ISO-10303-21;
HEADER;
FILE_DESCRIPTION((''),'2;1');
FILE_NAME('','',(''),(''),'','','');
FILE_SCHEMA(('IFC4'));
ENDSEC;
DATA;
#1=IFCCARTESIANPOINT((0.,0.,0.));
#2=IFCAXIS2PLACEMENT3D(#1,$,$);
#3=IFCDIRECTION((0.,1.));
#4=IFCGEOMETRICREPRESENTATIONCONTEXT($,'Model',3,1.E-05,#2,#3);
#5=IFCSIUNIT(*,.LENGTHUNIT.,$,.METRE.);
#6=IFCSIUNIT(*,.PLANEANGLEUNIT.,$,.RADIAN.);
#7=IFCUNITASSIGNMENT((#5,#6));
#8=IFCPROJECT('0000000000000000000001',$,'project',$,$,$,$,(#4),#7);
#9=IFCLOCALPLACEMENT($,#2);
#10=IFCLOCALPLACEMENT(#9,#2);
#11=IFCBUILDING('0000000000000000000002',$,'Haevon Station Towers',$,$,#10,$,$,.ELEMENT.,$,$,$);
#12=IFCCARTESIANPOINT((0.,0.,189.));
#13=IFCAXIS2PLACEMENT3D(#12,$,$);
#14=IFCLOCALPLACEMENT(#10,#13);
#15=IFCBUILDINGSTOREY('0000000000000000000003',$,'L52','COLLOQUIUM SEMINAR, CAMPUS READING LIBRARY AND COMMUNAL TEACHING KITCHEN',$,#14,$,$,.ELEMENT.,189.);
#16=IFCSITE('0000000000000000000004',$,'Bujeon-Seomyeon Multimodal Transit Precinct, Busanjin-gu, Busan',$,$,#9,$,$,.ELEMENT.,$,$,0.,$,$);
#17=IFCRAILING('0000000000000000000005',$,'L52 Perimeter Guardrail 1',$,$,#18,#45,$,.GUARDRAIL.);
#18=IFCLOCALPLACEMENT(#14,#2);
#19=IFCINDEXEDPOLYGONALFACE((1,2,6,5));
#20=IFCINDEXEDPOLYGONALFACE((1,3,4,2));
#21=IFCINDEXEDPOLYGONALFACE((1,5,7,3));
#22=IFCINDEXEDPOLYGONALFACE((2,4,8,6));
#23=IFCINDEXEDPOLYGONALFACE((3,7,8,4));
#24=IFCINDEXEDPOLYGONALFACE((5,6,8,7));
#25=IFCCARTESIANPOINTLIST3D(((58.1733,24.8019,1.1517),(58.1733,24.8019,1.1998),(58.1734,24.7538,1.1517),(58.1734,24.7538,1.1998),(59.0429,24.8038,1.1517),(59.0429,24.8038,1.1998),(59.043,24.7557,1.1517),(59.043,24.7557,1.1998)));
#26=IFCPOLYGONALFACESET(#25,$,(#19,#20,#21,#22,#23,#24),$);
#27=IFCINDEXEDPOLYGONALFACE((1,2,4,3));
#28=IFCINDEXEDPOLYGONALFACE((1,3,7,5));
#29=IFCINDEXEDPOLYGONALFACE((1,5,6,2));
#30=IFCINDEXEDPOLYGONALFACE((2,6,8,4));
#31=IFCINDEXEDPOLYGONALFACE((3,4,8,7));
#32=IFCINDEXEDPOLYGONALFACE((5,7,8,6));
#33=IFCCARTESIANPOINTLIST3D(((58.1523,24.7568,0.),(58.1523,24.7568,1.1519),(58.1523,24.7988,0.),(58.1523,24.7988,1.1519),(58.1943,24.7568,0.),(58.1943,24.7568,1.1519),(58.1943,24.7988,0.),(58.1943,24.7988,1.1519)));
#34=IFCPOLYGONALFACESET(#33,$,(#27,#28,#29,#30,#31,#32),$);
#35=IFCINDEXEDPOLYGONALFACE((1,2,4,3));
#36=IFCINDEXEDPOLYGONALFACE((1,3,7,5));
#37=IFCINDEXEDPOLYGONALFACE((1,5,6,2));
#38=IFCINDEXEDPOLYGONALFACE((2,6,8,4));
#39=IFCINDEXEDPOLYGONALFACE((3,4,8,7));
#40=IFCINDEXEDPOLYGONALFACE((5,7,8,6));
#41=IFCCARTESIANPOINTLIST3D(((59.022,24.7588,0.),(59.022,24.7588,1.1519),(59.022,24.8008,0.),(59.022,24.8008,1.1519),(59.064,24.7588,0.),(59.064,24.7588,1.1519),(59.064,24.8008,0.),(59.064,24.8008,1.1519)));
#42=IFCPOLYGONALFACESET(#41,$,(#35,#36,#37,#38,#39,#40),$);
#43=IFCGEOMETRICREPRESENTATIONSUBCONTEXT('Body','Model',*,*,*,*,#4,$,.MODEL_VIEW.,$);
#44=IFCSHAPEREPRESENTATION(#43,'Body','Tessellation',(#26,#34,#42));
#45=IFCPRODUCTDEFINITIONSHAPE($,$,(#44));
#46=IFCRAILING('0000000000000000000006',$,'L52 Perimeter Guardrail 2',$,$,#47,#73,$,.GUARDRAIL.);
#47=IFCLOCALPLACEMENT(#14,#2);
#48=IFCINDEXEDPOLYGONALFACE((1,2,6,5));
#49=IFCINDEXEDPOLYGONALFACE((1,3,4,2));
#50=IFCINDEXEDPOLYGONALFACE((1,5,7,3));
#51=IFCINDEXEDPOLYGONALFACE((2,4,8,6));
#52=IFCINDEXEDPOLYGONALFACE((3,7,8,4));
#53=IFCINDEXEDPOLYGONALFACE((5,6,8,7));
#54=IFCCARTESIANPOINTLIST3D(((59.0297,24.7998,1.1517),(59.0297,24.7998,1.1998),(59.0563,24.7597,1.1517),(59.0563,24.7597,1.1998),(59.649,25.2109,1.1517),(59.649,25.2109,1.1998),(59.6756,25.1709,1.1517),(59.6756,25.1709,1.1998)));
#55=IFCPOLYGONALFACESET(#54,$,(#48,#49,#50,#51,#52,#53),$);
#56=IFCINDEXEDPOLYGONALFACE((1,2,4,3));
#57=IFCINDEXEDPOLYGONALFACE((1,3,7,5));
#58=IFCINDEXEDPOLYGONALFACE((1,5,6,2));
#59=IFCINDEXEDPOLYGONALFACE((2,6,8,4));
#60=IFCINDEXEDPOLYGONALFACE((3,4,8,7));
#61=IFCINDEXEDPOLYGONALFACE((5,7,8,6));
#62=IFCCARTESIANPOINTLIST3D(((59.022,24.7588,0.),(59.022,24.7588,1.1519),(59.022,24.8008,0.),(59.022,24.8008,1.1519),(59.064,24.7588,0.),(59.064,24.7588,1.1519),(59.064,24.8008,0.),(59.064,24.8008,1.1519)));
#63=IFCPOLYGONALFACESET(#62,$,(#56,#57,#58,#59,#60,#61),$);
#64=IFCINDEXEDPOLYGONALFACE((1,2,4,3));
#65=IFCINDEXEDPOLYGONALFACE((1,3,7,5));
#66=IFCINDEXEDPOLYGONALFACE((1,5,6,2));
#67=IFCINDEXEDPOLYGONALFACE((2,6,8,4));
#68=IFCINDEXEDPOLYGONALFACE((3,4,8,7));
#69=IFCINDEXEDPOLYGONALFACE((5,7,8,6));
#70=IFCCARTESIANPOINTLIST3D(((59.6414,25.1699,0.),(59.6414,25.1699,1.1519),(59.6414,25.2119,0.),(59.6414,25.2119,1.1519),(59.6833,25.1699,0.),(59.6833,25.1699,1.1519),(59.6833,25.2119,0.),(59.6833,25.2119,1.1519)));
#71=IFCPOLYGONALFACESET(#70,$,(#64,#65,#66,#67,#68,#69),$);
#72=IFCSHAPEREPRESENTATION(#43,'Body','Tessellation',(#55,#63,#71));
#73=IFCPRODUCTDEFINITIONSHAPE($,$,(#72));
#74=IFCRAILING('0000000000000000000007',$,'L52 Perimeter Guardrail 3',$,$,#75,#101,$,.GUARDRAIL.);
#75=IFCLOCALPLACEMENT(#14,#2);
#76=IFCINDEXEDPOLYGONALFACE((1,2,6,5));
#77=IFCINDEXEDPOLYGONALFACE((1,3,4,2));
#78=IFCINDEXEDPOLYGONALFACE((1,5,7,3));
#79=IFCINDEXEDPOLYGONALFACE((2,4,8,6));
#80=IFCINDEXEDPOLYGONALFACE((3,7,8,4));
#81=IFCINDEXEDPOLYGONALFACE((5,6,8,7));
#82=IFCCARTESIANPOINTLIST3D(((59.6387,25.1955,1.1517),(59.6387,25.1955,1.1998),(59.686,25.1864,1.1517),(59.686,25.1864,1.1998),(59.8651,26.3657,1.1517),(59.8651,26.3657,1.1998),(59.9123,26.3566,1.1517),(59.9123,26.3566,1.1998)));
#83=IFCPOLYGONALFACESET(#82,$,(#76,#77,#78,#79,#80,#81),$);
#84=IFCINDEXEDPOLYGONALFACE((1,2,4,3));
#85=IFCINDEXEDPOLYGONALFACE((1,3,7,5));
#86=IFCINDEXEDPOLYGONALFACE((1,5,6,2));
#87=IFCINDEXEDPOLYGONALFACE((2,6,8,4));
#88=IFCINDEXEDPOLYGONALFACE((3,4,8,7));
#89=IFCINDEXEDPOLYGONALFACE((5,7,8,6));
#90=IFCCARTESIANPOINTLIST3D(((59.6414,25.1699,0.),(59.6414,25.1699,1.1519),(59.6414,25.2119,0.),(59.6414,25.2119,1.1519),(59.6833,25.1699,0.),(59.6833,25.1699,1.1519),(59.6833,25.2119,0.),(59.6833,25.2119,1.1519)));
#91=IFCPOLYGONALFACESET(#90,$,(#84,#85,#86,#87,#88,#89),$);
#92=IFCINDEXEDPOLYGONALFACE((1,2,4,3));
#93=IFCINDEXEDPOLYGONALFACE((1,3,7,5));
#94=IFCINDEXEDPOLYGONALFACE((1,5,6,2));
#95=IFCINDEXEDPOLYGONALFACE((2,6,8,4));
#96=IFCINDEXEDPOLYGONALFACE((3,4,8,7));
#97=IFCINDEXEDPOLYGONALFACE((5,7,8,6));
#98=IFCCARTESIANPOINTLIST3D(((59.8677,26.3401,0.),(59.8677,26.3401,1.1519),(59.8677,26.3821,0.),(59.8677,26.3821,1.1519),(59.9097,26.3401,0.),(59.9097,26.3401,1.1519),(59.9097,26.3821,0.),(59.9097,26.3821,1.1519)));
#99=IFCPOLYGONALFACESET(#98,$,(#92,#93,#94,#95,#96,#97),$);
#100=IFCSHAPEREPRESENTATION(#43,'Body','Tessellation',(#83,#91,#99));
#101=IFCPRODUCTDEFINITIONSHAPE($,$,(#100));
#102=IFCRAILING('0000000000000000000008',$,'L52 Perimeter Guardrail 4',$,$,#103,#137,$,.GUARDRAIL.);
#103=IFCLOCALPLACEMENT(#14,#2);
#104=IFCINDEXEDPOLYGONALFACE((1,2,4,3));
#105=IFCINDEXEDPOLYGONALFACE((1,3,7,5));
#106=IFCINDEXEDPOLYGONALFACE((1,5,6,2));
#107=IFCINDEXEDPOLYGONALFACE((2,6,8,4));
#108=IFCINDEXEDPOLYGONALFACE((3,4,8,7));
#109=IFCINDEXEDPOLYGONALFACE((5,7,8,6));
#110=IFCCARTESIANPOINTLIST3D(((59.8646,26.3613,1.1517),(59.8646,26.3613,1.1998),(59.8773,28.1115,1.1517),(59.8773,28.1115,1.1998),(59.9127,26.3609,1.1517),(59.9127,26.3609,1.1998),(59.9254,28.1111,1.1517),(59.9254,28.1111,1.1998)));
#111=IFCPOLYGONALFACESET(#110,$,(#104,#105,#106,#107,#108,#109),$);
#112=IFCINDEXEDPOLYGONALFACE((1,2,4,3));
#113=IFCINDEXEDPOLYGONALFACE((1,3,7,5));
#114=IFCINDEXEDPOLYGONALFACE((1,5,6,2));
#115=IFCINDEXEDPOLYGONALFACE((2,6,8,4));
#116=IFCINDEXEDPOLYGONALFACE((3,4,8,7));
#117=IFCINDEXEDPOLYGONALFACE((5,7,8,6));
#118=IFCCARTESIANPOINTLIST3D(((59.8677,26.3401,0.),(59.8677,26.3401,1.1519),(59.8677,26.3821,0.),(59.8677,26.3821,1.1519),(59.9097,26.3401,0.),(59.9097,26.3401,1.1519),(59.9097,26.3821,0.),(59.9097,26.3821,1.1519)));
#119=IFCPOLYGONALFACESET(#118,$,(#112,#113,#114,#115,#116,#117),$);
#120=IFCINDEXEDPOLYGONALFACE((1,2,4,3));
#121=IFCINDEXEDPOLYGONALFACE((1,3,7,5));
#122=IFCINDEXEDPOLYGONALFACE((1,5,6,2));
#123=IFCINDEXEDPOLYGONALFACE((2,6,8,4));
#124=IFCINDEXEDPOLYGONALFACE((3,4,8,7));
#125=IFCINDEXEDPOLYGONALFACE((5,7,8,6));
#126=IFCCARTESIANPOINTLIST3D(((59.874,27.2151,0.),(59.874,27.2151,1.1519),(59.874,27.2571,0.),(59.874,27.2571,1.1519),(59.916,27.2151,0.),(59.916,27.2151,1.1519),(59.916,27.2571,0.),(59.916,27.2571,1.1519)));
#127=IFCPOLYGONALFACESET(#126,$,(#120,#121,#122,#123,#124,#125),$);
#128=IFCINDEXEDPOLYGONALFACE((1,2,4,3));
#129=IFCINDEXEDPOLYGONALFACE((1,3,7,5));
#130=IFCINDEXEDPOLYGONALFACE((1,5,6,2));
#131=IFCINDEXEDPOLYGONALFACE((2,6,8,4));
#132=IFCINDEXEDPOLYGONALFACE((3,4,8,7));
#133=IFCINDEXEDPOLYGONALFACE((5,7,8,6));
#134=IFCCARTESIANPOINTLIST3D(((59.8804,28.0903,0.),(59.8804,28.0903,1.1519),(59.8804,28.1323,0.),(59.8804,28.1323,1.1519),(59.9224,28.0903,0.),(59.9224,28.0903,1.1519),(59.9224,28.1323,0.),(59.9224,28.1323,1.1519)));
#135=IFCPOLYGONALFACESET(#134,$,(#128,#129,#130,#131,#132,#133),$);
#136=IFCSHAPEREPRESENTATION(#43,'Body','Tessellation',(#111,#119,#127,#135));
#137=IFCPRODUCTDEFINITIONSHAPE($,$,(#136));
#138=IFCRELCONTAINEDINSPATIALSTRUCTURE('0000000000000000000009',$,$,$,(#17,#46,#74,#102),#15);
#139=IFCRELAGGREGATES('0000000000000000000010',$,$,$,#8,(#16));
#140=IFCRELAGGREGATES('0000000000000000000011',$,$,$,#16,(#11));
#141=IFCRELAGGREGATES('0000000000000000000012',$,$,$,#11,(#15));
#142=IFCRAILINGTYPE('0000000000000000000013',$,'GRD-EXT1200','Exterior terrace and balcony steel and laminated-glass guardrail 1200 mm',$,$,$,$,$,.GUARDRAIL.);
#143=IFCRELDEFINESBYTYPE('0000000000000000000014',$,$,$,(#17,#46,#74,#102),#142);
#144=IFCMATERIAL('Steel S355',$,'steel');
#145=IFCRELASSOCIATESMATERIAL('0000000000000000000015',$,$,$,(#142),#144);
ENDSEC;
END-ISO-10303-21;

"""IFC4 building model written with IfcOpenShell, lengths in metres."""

from ifc_helpers import new_model, si_unit, direction, frame, origin, origin_2d, place, context, subcontext, project, spatial, rectangle, extrude, material, type_object, element, save


model = new_model("IFC4")

# Units and contexts
model_context = context("Model", 3, precision=1e-05, world=origin(), true_north=direction((0.0, 1.0)))
body_context = subcontext(model_context, "Body", "Model", "MODEL_VIEW")
ifc_project = project(units=[si_unit("LENGTHUNIT", "METRE"), si_unit("PLANEANGLEUNIT", "RADIAN")], contexts=[model_context])

# Site, building, storey
site_placement = place(None, origin())
site = spatial("IfcSite", under=ifc_project, at=site_placement, Name="Bujeon-Seomyeon Multimodal Transit Precinct, Busanjin-gu, Busan", CompositionType="ELEMENT", RefElevation=0.0)
building_placement = place(site_placement, origin())
building = spatial("IfcBuilding", under=site, at=building_placement, Name="Haevon Station Towers", CompositionType="ELEMENT")
storey_placement = place(building_placement, frame((0.0, 0.0, 189.0)))
storey = spatial("IfcBuildingStorey", under=building, at=storey_placement, Name="L52", Description="COLLOQUIUM SEMINAR, CAMPUS READING LIBRARY AND COMMUNAL TEACHING KITCHEN", CompositionType="ELEMENT", Elevation=189.0)

# Shared definitions
ifc_material_1 = material(Name="Steel S355", Category="steel")

# Railings
railing_type = type_object("IfcRailingType", Name="GRD-EXT1200", Description="Exterior terrace and balcony steel and laminated-glass guardrail 1200 mm", PredefinedType="GUARDRAIL", material=ifc_material_1)
railing_1_placement = place(storey_placement, frame((58.1733, 24.7778, 0.0)))
element("IfcRailing", 1, at=railing_1_placement, inside=storey, type_object=railing_type, Name="L52 Perimeter Guardrail 1", PredefinedType="GUARDRAIL", context=body_context, shape_type="SweptSolid", body=[
    extrude(rectangle(XDim=0.0481, YDim=0.0481, at=origin_2d()), frame((0.0, 0.0, 1.1758), z_axis=(0.999997, 0.002246, 0.0), x_axis=(-0.002246, 0.999997, 0.0)), (0.0, 0.0, 1.0), 0.8696),
    extrude(rectangle(XDim=0.042, YDim=0.042, at=origin_2d()), origin(), (0.0, 0.0, 1.0), 1.1519),
    extrude(rectangle(XDim=0.042, YDim=0.042, at=origin_2d()), frame((0.8696, 0.002, 0.0)), (0.0, 0.0, 1.0), 1.1519),
])
railing_2_placement = place(storey_placement, frame((59.043, 24.7798, 0.0)))
element("IfcRailing", 2, at=railing_2_placement, inside=storey, type_object=railing_type, Name="L52 Perimeter Guardrail 2", PredefinedType="GUARDRAIL", context=body_context, shape_type="SweptSolid", body=[
    extrude(rectangle(XDim=0.0481, YDim=0.0481, at=origin_2d()), frame((0.0, 0.0, 1.1758), z_axis=(0.83316, 0.553032, 0.0), x_axis=(-0.553032, 0.83316, 0.0)), (0.0, 0.0, 1.0), 0.7434),
    extrude(rectangle(XDim=0.042, YDim=0.042, at=origin_2d()), origin(), (0.0, 0.0, 1.0), 1.1519),
    extrude(rectangle(XDim=0.042, YDim=0.042, at=origin_2d()), frame((0.6194, 0.4111, 0.0)), (0.0, 0.0, 1.0), 1.1519),
])
railing_3_placement = place(storey_placement, frame((59.6624, 25.1909, 0.0)))
element("IfcRailing", 3, at=railing_3_placement, inside=storey, type_object=railing_type, Name="L52 Perimeter Guardrail 3", PredefinedType="GUARDRAIL", context=body_context, shape_type="SweptSolid", body=[
    extrude(rectangle(XDim=0.0481, YDim=0.0481, at=origin_2d()), frame((0.0, 0.0, 1.1758), z_axis=(0.189888, 0.981806, 0.0), x_axis=(-0.981806, 0.189888, 0.0)), (0.0, 0.0, 1.0), 1.1919),
    extrude(rectangle(XDim=0.042, YDim=0.042, at=origin_2d()), origin(), (0.0, 0.0, 1.0), 1.1519),
    extrude(rectangle(XDim=0.042, YDim=0.042, at=origin_2d()), frame((0.2263, 1.1702, 0.0)), (0.0, 0.0, 1.0), 1.1519),
])
railing_4_placement = place(storey_placement, frame((59.8887, 26.3611, 0.0)))
element("IfcRailing", 4, at=railing_4_placement, inside=storey, type_object=railing_type, Name="L52 Perimeter Guardrail 4", PredefinedType="GUARDRAIL", context=body_context, shape_type="SweptSolid", body=[
    extrude(rectangle(XDim=0.0481, YDim=0.0481, at=origin_2d()), frame((0.0, 0.0, 1.1758), z_axis=(0.007253, 0.999974, 0.0), x_axis=(-0.999974, 0.007253, 0.0)), (0.0, 0.0, 1.0), 1.7502),
    extrude(rectangle(XDim=0.042, YDim=0.042, at=origin_2d()), origin(), (0.0, 0.0, 1.0), 1.1519),
    extrude(rectangle(XDim=0.042, YDim=0.042, at=origin_2d()), frame((0.0063, 0.875, 0.0)), (0.0, 0.0, 1.0), 1.1519),
    extrude(rectangle(XDim=0.042, YDim=0.042, at=origin_2d()), frame((0.0127, 1.7502, 0.0)), (0.0, 0.0, 1.0), 1.1519),
])

save(model, "model.ifc")
